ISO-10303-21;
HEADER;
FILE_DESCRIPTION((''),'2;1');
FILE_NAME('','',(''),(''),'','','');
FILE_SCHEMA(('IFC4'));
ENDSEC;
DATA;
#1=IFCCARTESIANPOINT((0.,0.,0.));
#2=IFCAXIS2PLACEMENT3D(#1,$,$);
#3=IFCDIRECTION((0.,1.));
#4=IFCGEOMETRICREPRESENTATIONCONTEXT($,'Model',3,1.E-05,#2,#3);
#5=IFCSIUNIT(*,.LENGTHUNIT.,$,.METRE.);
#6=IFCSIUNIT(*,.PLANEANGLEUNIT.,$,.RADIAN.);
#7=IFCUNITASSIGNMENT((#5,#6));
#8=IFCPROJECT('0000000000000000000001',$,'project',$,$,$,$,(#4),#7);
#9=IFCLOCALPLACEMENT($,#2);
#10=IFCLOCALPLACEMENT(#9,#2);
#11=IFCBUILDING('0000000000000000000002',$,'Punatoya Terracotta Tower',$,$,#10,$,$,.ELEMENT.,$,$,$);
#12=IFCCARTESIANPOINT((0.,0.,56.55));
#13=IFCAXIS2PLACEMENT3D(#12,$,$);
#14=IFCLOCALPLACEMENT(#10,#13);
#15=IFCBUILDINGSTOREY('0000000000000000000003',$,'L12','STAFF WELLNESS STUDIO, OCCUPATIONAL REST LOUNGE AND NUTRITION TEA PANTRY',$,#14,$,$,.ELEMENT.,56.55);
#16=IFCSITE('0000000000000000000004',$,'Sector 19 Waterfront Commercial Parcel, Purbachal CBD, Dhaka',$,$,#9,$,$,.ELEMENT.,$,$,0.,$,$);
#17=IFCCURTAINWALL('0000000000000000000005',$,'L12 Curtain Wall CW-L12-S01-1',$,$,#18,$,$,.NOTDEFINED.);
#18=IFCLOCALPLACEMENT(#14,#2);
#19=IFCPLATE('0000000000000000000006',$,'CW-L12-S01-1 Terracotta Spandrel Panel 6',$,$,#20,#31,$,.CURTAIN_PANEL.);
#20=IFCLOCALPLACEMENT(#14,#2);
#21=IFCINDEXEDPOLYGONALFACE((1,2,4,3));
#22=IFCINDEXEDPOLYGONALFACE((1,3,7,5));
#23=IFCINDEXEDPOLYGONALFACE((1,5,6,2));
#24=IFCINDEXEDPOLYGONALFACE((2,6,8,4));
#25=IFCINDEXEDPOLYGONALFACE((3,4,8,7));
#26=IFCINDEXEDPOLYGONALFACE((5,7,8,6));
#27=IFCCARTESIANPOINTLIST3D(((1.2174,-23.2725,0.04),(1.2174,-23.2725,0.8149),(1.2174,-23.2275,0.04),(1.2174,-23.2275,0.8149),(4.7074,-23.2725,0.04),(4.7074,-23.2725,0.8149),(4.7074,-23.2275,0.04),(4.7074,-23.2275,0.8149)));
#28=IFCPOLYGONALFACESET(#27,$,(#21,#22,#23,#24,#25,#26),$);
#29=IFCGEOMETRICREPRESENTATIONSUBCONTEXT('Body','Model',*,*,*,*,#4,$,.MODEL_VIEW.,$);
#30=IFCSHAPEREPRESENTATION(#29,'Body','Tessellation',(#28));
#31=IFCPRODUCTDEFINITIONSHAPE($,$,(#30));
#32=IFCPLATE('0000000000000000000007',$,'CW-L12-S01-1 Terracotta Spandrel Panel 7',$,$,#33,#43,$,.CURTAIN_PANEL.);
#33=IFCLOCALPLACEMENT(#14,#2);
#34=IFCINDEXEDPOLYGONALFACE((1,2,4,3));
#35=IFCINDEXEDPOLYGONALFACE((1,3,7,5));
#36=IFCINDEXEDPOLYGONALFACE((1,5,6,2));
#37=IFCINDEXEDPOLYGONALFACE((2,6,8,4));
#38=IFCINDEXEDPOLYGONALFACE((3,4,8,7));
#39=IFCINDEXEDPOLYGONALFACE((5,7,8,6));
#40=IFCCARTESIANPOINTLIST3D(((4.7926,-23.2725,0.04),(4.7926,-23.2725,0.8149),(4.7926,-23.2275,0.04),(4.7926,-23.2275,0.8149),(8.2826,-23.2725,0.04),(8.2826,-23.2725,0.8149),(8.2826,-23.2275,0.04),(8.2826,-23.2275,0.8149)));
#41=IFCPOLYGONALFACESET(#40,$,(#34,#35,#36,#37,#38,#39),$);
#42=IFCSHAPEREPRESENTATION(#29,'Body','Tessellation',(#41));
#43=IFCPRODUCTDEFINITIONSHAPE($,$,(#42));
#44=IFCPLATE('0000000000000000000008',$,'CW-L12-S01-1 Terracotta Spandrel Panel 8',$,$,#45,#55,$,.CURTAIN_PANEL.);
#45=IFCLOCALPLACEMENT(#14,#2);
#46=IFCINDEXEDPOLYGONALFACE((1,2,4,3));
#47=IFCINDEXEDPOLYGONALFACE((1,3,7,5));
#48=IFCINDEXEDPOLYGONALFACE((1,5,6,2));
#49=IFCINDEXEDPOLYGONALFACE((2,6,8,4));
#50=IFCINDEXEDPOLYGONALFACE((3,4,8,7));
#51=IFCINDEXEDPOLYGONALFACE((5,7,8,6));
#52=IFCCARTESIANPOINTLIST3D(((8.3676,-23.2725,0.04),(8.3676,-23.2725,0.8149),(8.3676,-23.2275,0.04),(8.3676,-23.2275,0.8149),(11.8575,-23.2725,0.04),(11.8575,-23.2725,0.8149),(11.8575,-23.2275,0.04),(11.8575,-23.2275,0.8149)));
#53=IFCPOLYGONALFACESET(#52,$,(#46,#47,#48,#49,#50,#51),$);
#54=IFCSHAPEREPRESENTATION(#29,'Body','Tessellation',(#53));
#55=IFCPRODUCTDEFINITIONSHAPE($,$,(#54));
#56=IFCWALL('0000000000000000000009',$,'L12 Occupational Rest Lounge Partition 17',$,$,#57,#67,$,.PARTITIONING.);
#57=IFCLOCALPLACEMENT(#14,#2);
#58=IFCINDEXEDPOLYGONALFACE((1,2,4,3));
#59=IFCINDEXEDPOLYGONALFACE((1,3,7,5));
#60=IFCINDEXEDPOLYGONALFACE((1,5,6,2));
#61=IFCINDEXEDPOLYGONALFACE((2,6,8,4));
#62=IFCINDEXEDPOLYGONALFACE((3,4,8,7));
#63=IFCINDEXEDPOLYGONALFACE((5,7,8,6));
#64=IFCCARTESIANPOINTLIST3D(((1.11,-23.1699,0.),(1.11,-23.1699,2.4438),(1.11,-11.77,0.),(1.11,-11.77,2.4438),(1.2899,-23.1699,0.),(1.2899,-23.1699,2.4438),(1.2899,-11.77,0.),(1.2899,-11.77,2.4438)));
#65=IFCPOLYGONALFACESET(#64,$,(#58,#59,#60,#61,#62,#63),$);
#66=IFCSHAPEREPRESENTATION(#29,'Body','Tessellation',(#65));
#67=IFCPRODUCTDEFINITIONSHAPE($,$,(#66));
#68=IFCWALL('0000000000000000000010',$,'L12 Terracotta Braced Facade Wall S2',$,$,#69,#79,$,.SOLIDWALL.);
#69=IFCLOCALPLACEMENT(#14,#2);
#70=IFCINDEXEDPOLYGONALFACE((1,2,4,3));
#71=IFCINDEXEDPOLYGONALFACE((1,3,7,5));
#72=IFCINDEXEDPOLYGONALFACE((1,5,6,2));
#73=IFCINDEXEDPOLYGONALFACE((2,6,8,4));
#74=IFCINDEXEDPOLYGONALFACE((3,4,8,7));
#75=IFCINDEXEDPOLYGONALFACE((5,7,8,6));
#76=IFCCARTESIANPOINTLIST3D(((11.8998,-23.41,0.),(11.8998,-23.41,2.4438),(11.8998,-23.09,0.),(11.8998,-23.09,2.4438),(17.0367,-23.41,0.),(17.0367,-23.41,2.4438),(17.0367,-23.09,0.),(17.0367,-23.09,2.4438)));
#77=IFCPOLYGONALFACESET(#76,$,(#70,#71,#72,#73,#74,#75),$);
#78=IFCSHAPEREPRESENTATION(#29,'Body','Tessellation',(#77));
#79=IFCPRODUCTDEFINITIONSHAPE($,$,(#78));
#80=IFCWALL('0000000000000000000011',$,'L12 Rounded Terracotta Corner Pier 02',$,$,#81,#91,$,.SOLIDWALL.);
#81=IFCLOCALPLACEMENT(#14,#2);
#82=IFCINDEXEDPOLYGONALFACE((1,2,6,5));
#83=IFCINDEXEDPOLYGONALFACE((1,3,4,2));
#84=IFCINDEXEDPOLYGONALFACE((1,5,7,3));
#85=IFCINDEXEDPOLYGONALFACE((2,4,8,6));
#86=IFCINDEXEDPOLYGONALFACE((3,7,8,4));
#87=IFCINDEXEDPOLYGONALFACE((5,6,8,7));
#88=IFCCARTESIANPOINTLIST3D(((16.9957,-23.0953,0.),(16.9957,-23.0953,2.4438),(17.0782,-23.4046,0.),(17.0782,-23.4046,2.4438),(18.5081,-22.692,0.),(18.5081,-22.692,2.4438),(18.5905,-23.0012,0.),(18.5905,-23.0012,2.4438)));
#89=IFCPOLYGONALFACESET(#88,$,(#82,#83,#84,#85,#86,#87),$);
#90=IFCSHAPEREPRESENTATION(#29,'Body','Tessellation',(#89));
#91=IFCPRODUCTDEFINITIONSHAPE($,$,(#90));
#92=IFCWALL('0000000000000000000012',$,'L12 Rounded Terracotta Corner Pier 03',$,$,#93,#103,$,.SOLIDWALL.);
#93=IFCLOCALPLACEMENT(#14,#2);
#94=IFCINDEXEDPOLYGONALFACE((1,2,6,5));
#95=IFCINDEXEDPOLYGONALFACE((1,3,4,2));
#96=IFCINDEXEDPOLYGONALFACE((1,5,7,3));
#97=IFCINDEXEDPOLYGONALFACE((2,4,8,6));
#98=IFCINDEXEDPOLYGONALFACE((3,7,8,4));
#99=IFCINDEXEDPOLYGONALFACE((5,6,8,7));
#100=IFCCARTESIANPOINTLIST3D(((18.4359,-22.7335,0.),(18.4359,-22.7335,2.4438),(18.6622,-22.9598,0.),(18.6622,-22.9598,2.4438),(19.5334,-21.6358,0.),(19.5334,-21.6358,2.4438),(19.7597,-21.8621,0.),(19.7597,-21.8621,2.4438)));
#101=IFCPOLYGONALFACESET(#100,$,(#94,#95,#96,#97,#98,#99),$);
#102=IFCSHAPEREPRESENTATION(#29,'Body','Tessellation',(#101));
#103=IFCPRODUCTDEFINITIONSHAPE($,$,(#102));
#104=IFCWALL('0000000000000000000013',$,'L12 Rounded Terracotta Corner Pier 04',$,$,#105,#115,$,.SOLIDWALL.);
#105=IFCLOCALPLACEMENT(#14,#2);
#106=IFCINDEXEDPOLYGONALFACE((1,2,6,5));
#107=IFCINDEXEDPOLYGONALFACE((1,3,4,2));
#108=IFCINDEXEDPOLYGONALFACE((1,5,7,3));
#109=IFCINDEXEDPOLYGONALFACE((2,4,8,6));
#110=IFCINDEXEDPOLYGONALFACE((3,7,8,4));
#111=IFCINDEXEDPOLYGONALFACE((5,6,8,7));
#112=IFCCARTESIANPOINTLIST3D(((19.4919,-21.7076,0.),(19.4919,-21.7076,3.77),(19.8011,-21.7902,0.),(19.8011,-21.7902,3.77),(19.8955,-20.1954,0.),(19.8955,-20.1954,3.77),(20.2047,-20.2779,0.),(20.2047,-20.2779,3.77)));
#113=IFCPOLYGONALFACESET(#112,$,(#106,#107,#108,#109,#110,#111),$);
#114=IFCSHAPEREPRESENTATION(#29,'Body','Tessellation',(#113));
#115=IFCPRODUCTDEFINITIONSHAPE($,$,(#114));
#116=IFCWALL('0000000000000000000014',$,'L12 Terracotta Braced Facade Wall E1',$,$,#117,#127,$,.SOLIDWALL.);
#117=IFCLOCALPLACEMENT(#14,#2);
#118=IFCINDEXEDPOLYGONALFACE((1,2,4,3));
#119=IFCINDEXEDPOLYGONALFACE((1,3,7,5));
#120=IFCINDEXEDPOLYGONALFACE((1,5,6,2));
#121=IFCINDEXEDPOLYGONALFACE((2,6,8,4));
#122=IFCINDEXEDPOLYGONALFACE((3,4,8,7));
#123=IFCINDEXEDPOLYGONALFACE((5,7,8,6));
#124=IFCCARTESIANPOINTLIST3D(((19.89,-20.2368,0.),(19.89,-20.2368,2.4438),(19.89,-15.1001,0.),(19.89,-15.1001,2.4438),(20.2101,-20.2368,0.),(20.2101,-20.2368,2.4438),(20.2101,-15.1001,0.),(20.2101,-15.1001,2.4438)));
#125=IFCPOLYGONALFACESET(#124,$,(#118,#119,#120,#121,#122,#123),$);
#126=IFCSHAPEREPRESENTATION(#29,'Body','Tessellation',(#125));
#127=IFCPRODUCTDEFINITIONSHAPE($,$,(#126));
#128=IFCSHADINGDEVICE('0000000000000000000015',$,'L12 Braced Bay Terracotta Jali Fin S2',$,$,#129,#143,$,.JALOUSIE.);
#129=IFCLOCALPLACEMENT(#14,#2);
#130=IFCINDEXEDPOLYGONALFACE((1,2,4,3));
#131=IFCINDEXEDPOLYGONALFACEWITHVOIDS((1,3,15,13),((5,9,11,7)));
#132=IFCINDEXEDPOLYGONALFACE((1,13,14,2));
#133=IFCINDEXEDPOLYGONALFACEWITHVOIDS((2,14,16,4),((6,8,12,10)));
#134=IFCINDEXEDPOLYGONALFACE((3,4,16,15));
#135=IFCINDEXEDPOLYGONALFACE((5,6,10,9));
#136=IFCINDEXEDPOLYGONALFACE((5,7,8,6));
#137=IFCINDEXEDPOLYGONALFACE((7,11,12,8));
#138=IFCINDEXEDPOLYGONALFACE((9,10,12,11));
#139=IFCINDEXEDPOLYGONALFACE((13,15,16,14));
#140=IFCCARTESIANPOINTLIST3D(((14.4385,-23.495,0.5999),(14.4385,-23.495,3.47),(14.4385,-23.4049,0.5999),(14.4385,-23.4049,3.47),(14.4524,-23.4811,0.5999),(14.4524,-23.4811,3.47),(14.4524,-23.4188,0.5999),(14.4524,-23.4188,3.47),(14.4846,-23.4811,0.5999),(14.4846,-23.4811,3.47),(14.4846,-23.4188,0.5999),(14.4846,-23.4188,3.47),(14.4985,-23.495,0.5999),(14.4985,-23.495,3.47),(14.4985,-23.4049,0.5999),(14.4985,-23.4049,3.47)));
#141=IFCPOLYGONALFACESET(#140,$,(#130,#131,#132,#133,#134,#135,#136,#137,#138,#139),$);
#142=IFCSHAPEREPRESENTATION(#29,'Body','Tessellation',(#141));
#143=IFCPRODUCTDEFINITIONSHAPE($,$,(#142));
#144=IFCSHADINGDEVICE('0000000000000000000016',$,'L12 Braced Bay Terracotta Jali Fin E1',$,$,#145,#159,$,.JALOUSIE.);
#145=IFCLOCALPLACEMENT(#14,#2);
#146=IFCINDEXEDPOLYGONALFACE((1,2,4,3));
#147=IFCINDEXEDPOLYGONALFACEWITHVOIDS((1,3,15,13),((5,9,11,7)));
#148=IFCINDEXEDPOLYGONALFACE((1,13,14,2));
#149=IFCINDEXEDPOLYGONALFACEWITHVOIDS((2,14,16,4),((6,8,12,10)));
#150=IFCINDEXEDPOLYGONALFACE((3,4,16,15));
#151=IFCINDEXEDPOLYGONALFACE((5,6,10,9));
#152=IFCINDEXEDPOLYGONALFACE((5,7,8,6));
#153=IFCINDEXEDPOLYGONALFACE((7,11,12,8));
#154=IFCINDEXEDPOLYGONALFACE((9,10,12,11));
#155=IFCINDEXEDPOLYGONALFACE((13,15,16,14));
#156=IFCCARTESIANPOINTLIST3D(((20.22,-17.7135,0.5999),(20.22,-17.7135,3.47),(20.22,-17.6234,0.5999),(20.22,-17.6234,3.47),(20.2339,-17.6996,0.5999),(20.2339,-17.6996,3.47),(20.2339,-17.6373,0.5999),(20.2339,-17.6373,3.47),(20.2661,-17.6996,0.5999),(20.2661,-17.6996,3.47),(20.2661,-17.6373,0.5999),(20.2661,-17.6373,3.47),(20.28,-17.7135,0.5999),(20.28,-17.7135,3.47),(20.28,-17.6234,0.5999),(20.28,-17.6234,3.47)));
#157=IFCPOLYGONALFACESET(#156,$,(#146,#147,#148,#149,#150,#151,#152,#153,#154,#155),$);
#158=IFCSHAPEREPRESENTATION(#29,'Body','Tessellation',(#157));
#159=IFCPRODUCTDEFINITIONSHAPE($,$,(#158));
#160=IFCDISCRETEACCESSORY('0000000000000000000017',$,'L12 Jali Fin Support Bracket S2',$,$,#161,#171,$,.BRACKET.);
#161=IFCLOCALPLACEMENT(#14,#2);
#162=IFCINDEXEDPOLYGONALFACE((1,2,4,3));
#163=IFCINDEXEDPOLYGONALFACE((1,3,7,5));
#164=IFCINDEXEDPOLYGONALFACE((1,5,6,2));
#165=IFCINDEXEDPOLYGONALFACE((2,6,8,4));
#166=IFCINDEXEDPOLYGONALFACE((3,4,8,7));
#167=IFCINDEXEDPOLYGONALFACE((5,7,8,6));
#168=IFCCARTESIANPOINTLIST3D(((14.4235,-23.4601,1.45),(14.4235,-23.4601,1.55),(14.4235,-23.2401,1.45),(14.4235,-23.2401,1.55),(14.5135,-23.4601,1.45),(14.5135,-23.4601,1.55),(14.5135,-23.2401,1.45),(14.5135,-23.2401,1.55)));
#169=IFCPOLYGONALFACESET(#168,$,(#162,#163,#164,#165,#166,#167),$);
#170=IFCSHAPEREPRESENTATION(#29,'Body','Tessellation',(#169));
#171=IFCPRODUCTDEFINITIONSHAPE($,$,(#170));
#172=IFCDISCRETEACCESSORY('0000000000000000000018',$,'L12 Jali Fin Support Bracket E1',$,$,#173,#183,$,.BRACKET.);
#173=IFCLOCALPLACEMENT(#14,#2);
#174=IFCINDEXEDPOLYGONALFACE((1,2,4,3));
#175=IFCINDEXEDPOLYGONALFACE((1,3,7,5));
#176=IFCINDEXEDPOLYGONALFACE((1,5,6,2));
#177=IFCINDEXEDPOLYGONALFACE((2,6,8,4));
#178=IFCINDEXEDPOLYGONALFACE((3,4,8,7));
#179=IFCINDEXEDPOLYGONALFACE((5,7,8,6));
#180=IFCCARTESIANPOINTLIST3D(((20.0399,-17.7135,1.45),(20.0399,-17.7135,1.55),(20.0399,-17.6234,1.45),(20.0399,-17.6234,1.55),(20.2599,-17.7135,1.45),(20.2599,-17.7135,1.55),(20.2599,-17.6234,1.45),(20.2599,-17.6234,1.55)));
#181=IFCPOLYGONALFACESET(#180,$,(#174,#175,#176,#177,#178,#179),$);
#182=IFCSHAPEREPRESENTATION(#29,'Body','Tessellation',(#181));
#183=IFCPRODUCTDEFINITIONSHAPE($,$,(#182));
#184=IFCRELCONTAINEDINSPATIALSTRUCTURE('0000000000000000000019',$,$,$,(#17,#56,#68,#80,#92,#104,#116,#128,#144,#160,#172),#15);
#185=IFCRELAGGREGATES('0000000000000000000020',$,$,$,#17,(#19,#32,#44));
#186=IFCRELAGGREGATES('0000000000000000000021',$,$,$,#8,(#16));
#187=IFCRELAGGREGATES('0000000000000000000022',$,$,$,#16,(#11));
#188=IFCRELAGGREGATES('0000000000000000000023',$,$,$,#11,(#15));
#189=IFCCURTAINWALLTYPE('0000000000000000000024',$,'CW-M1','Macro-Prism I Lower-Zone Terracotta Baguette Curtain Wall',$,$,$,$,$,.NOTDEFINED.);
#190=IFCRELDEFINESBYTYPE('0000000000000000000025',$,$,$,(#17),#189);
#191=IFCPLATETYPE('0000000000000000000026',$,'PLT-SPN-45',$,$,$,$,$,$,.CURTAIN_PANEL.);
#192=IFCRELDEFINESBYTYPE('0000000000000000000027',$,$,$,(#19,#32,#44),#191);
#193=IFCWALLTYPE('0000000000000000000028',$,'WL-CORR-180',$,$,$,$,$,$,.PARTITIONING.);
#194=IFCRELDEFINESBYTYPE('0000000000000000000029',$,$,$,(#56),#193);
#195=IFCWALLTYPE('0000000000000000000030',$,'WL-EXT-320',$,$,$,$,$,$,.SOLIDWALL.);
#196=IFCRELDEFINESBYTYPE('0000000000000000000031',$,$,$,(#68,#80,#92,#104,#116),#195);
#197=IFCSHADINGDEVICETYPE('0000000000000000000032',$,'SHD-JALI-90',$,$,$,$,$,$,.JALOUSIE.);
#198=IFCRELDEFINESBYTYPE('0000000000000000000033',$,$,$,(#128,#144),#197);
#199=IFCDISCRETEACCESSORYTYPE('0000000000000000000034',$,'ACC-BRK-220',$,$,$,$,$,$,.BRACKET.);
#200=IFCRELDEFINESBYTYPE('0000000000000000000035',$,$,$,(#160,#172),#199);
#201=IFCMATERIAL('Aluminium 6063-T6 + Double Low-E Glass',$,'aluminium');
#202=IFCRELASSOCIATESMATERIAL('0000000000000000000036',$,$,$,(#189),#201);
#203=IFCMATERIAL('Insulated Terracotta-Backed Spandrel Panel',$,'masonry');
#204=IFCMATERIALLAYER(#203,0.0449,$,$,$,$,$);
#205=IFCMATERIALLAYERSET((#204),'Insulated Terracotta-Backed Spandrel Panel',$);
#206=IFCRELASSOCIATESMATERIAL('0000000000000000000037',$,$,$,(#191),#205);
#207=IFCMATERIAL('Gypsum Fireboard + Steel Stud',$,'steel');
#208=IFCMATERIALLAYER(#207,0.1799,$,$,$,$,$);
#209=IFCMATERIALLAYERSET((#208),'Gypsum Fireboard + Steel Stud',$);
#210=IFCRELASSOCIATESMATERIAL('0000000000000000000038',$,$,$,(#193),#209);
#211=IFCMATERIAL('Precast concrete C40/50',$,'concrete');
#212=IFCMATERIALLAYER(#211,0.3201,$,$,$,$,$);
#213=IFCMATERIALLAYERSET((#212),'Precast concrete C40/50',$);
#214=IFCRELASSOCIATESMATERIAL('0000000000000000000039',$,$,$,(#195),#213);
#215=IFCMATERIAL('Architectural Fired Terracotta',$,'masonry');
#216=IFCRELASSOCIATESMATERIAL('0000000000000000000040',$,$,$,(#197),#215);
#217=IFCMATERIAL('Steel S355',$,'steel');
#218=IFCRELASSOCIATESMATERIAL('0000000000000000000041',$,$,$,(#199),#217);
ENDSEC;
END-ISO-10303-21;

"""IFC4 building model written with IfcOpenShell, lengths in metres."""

from ifc_helpers import new_model, si_unit, direction, frame, frame_2d, origin, origin_2d, place, context, subcontext, project, spatial, rectangle, hollow_rectangle, extrude, material, layer, layer_set, material_profile, profile_set, type_object, element, aggregate, save


model = new_model("IFC4")

# Units and contexts
model_context = context("Model", 3, precision=1e-05, world=origin(), true_north=direction((0.0, 1.0)))
body_context = subcontext(model_context, "Body", "Model", "MODEL_VIEW")
ifc_project = project(units=[si_unit("LENGTHUNIT", "METRE"), si_unit("PLANEANGLEUNIT", "RADIAN")], contexts=[model_context])

# Site, building, storey
site_placement = place(None, origin())
site = spatial("IfcSite", under=ifc_project, at=site_placement, Name="Sector 19 Waterfront Commercial Parcel, Purbachal CBD, Dhaka", CompositionType="ELEMENT", RefElevation=0.0)
building_placement = place(site_placement, origin())
building = spatial("IfcBuilding", under=site, at=building_placement, Name="Punatoya Terracotta Tower", CompositionType="ELEMENT")
storey_placement = place(building_placement, frame((0.0, 0.0, 56.55)))
storey = spatial("IfcBuildingStorey", under=building, at=storey_placement, Name="L12", Description="STAFF WELLNESS STUDIO, OCCUPATIONAL REST LOUNGE AND NUTRITION TEA PANTRY", CompositionType="ELEMENT", Elevation=56.55)

# Shared definitions
ifc_material_1 = material(Name="Steel S355", Category="steel")

# Curtain wall
ifc_material_2 = material(Name="Aluminium 6063-T6 + Double Low-E Glass", Category="aluminium")
curtain_wall_type = type_object("IfcCurtainWallType", Name="CW-M1", Description="Macro-Prism I Lower-Zone Terracotta Baguette Curtain Wall", PredefinedType="NOTDEFINED", material=ifc_material_2)
curtain_wall_1_placement = place(storey_placement, origin())
curtain_wall_1 = element("IfcCurtainWall", 1, at=curtain_wall_1_placement, inside=storey, type_object=curtain_wall_type, Name="L12 Curtain Wall CW-L12-S01-1", PredefinedType="NOTDEFINED")

# Plates
ifc_material_3 = material(Name="Insulated Terracotta-Backed Spandrel Panel", Category="masonry")
ifc_layer_1 = layer(ifc_material_3, 0.0449)
ifc_layer_set_1 = layer_set([ifc_layer_1], Name="Insulated Terracotta-Backed Spandrel Panel")
plate_type_1 = type_object("IfcPlateType", Name="PLT-SPN-45", PredefinedType="CURTAIN_PANEL", material=ifc_layer_set_1)
plate_1_placement = place(storey_placement, frame((2.9624, -23.25, 0.04), z_axis=(0.0, 0.0, 1.0), x_axis=(1.0, 0.0, 0.0)))
plate_1 = element("IfcPlate", 2, at=plate_1_placement, type_object=plate_type_1, Name="CW-L12-S01-1 Terracotta Spandrel Panel 6", PredefinedType="CURTAIN_PANEL", context=body_context, shape_type="SweptSolid", body=[
    extrude(rectangle(XDim=3.49, YDim=0.0449, at=origin_2d()), origin(), (0.0, 0.0, 1.0), 0.7749),
])
plate_2_placement = place(storey_placement, frame((6.5376, -23.25, 0.04), z_axis=(0.0, 0.0, 1.0), x_axis=(1.0, 0.0, 0.0)))
plate_2 = element("IfcPlate", 3, at=plate_2_placement, type_object=plate_type_1, Name="CW-L12-S01-1 Terracotta Spandrel Panel 7", PredefinedType="CURTAIN_PANEL", context=body_context, shape_type="SweptSolid", body=[
    extrude(rectangle(XDim=3.49, YDim=0.0449, at=origin_2d()), origin(), (0.0, 0.0, 1.0), 0.7749),
])
plate_3_placement = place(storey_placement, frame((10.1125, -23.25, 0.04), z_axis=(0.0, 0.0, 1.0), x_axis=(1.0, 0.0, 0.0)))
plate_3 = element("IfcPlate", 4, at=plate_3_placement, type_object=plate_type_1, Name="CW-L12-S01-1 Terracotta Spandrel Panel 8", PredefinedType="CURTAIN_PANEL", context=body_context, shape_type="SweptSolid", body=[
    extrude(rectangle(XDim=3.49, YDim=0.0449, at=origin_2d()), origin(), (0.0, 0.0, 1.0), 0.7749),
])
aggregate(curtain_wall_1, [plate_1, plate_2, plate_3])

# Walls
ifc_material_4 = material(Name="Gypsum Fireboard + Steel Stud", Category="steel")
ifc_layer_2 = layer(ifc_material_4, 0.1799)
ifc_layer_set_2 = layer_set([ifc_layer_2], Name="Gypsum Fireboard + Steel Stud")
wall_type_1 = type_object("IfcWallType", Name="WL-CORR-180", PredefinedType="PARTITIONING", material=ifc_layer_set_2)
wall_1_placement = place(storey_placement, frame((1.2, -23.1699, 0.0), z_axis=(0.0, 0.0, 1.0), x_axis=(0.0, 1.0, 0.0)))
element("IfcWall", 5, at=wall_1_placement, inside=storey, type_object=wall_type_1, Name="L12 Occupational Rest Lounge Partition 17", PredefinedType="PARTITIONING", context=body_context, shape_type="SweptSolid", body=[
    extrude(rectangle(XDim=11.3999, YDim=0.1799, at=frame_2d((5.7, 0.0))), origin(), (0.0, 0.0, 1.0), 2.4438),
])
ifc_material_5 = material(Name="Precast concrete C40/50", Category="concrete")
ifc_layer_3 = layer(ifc_material_5, 0.3201)
ifc_layer_set_3 = layer_set([ifc_layer_3], Name="Precast concrete C40/50")
wall_type_2 = type_object("IfcWallType", Name="WL-EXT-320", PredefinedType="SOLIDWALL", material=ifc_layer_set_3)
wall_2_placement = place(storey_placement, frame((11.8999, -23.25, 0.0), z_axis=(0.0, 0.0, 1.0), x_axis=(1.0, 0.0, 0.0)))
element("IfcWall", 6, at=wall_2_placement, inside=storey, type_object=wall_type_2, Name="L12 Terracotta Braced Facade Wall S2", PredefinedType="SOLIDWALL", context=body_context, shape_type="SweptSolid", body=[
    extrude(rectangle(XDim=5.137, YDim=0.3201, at=frame_2d((2.5684, 0.0))), origin(), (0.0, 0.0, 1.0), 2.4438),
])
wall_3_placement = place(storey_placement, frame((17.0369, -23.25, 0.0), z_axis=(0.0, 0.0, 1.0), x_axis=(0.966225, 0.257701, 0.0)))
element("IfcWall", 7, at=wall_3_placement, inside=storey, type_object=wall_type_2, Name="L12 Rounded Terracotta Corner Pier 02", PredefinedType="SOLIDWALL", context=body_context, shape_type="SweptSolid", body=[
    extrude(rectangle(XDim=1.5652, YDim=0.3201, at=frame_2d((0.7827, 0.0))), origin(), (0.0, 0.0, 1.0), 2.4438),
])
wall_4_placement = place(storey_placement, frame((18.5491, -22.8467, 0.0), z_axis=(0.0, 0.0, 1.0), x_axis=(0.707028, 0.707185, 0.0)))
element("IfcWall", 8, at=wall_4_placement, inside=storey, type_object=wall_type_2, Name="L12 Rounded Terracotta Corner Pier 03", PredefinedType="SOLIDWALL", context=body_context, shape_type="SweptSolid", body=[
    extrude(rectangle(XDim=1.5522, YDim=0.3201, at=frame_2d((0.7761, 0.0))), origin(), (0.0, 0.0, 1.0), 2.4438),
])
wall_5_placement = place(storey_placement, frame((19.6465, -21.749, 0.0), z_axis=(0.0, 0.0, 1.0), x_axis=(0.257847, 0.966186, 0.0)))
element("IfcWall", 9, at=wall_5_placement, inside=storey, type_object=wall_type_2, Name="L12 Rounded Terracotta Corner Pier 04", PredefinedType="SOLIDWALL", context=body_context, shape_type="SweptSolid", body=[
    extrude(rectangle(XDim=1.5652, YDim=0.3201, at=frame_2d((0.7827, 0.0))), origin(), (0.0, 0.0, 1.0), 3.77),
])
wall_6_placement = place(storey_placement, frame((20.05, -20.2368, 0.0), z_axis=(0.0, 0.0, 1.0), x_axis=(0.0, 1.0, 0.0)))
element("IfcWall", 10, at=wall_6_placement, inside=storey, type_object=wall_type_2, Name="L12 Terracotta Braced Facade Wall E1", PredefinedType="SOLIDWALL", context=body_context, shape_type="SweptSolid", body=[
    extrude(rectangle(XDim=5.1367, YDim=0.3201, at=frame_2d((2.5684, 0.0))), origin(), (0.0, 0.0, 1.0), 2.4438),
])

# Shading devices
ifc_material_6 = material(Name="Architectural Fired Terracotta", Category="masonry")
ifc_material_profile_1 = material_profile(ifc_material_6, hollow_rectangle(XDim=0.0601, YDim=0.0901, WallThickness=0.0139, at=origin_2d()))
ifc_profile_set_1 = profile_set([ifc_material_profile_1], Name="Architectural Fired Terracotta")
shading_device_type = type_object("IfcShadingDeviceType", Name="SHD-JALI-90", PredefinedType="JALOUSIE", material=ifc_profile_set_1)
for number, where, z_axis, x_axis, name in (
    (11, (14.4685, -23.45, 0.5999), (0.0, 0.0, 1.0), (1.0, 0.0, 0.0), "L12 Braced Bay Terracotta Jali Fin S2"),
    (12, (20.25, -17.6685, 0.5999), (0.0, 0.0, 1.0), (1.0, 0.0, 0.0), "L12 Braced Bay Terracotta Jali Fin E1"),
):
    element("IfcShadingDevice", number, at=place(storey_placement, frame(where, z_axis=z_axis, x_axis=x_axis)), inside=storey, type_object=shading_device_type, Name=name, PredefinedType="JALOUSIE", context=body_context, shape_type="SweptSolid", body=[
        extrude(hollow_rectangle(XDim=0.0601, YDim=0.0901, WallThickness=0.0139, at=origin_2d()), origin(), (0.0, 0.0, 1.0), 2.8701),
    ])

# Discrete accessories
discrete_accessory_type = type_object("IfcDiscreteAccessoryType", Name="ACC-BRK-220", PredefinedType="BRACKET", material=ifc_material_1)
for number, where, z_axis, x_axis, name in (
    (13, (14.4685, -23.3501, 1.45), (0.0, 0.0, 1.0), (1.0, 0.0, 0.0), "L12 Jali Fin Support Bracket S2"),
    (14, (20.1499, -17.6685, 1.45), (0.0, 0.0, 1.0), (0.0, 1.0, 0.0), "L12 Jali Fin Support Bracket E1"),
):
    element("IfcDiscreteAccessory", number, at=place(storey_placement, frame(where, z_axis=z_axis, x_axis=x_axis)), inside=storey, type_object=discrete_accessory_type, Name=name, PredefinedType="BRACKET", context=body_context, shape_type="SweptSolid", body=[
        extrude(rectangle(XDim=0.0901, YDim=0.22, at=origin_2d()), origin(), (0.0, 0.0, 1.0), 0.1001),
    ])

save(model, "model.ifc")
